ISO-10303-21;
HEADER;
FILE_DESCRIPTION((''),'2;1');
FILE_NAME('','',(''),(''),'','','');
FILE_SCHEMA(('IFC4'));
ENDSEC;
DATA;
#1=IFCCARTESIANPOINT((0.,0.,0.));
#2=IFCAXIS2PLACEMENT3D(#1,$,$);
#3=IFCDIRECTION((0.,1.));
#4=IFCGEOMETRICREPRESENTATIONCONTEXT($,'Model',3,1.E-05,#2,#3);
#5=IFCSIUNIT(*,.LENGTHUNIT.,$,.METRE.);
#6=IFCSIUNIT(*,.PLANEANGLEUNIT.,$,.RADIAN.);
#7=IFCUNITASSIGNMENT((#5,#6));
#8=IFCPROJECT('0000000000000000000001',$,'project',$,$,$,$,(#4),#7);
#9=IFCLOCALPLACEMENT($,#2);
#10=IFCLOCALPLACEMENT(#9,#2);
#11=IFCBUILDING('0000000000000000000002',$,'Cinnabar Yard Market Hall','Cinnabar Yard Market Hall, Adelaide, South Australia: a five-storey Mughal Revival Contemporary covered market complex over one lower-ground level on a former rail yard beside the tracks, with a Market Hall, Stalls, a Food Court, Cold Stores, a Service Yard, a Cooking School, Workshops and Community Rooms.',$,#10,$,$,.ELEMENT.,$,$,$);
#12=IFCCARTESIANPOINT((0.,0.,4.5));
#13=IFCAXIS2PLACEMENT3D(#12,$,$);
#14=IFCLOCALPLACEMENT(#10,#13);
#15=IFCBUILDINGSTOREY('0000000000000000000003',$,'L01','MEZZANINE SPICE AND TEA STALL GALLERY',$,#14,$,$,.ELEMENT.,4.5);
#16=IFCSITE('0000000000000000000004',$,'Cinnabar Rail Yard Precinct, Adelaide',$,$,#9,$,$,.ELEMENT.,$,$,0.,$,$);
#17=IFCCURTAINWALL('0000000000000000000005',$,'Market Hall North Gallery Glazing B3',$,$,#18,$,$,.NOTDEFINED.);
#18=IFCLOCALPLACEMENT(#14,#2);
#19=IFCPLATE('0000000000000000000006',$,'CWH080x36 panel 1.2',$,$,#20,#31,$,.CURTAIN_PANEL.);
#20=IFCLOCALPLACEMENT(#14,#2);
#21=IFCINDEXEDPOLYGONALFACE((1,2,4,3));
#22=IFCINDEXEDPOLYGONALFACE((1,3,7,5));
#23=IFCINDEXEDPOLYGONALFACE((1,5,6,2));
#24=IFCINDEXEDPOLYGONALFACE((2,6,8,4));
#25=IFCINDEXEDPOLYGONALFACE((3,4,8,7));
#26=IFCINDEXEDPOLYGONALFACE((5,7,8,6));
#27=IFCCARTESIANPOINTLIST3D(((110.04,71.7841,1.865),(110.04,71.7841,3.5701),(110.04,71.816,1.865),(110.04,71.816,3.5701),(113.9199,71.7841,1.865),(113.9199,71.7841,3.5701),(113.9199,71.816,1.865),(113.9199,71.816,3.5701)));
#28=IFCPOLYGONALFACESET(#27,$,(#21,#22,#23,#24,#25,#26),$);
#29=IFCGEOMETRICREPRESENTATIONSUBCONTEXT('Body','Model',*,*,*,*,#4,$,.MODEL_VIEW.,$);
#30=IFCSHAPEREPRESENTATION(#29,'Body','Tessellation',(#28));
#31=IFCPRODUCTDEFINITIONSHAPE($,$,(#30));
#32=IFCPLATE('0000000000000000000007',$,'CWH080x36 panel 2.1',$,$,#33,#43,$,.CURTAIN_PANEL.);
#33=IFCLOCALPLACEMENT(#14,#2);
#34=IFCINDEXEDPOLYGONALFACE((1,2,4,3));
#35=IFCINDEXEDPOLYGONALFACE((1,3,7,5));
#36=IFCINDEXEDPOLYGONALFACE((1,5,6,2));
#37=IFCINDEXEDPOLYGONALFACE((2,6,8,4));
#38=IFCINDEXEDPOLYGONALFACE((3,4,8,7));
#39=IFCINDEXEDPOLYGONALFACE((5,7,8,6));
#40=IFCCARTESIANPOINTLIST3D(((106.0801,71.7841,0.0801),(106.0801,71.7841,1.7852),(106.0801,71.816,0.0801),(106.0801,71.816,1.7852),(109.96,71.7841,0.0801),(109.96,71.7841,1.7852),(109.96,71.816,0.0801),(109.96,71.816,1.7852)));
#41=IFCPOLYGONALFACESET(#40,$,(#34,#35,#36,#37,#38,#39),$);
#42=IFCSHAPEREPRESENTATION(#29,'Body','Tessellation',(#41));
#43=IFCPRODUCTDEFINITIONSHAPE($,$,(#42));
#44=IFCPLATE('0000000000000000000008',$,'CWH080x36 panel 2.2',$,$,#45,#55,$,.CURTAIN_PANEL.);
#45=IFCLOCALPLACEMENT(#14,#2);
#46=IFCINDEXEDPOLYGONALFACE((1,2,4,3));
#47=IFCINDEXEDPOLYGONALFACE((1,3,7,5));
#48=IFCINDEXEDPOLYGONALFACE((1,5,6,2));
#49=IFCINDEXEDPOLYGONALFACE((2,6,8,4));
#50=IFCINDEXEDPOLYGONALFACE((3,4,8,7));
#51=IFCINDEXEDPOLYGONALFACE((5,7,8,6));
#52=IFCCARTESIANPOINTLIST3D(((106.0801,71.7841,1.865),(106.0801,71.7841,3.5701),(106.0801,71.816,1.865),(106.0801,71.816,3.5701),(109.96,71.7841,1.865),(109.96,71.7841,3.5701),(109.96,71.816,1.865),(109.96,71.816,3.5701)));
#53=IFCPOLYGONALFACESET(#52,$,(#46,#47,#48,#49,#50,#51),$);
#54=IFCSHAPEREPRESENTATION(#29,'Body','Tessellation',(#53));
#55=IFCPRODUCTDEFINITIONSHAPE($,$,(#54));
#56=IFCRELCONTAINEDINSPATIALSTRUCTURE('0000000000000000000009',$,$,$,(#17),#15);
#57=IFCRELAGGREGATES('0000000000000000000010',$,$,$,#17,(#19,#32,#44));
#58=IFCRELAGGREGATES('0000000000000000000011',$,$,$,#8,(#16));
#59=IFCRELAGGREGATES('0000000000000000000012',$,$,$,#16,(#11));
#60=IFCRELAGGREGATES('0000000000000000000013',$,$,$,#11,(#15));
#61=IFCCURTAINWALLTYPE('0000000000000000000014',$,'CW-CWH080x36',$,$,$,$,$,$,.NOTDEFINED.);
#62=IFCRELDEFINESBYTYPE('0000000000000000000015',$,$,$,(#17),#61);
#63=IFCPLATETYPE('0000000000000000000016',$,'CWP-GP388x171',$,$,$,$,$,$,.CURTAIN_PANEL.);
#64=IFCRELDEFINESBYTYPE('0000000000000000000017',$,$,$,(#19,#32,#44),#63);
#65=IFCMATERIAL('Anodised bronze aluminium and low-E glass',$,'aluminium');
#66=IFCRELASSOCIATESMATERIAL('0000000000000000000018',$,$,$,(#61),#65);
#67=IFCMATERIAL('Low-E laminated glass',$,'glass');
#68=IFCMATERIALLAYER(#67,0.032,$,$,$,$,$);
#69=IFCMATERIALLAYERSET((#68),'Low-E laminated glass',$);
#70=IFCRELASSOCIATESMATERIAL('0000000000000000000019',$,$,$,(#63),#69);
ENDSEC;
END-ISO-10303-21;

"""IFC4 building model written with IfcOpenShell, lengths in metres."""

from ifc_helpers import new_model, si_unit, direction, frame, origin, origin_2d_with_axis, place, context, subcontext, project, spatial, rectangle, extrude, material, layer, layer_set, type_object, element, aggregate, save


model = new_model("IFC4")

# Units and contexts
model_context = context("Model", 3, precision=1e-05, world=origin(), true_north=direction((0.0, 1.0)))
body_context = subcontext(model_context, "Body", "Model", "MODEL_VIEW")
ifc_project = project(units=[si_unit("LENGTHUNIT", "METRE"), si_unit("PLANEANGLEUNIT", "RADIAN")], contexts=[model_context])

# Site, building, storey
site_placement = place(None, origin())
site = spatial("IfcSite", under=ifc_project, at=site_placement, Name="Cinnabar Rail Yard Precinct, Adelaide", CompositionType="ELEMENT", RefElevation=0.0)
building_placement = place(site_placement, origin())
building = spatial("IfcBuilding", under=site, at=building_placement, Name="Cinnabar Yard Market Hall", Description="Cinnabar Yard Market Hall, Adelaide, South Australia: a five-storey Mughal Revival Contemporary covered market complex over one lower-ground level on a former rail yard beside the tracks, with a Market Hall, Stalls, a Food Court, Cold Stores, a Service Yard, a Cooking School, Workshops and Community Rooms.", CompositionType="ELEMENT")
storey_placement = place(building_placement, frame((0.0, 0.0, 4.5)))
storey = spatial("IfcBuildingStorey", under=building, at=storey_placement, Name="L01", Description="MEZZANINE SPICE AND TEA STALL GALLERY", CompositionType="ELEMENT", Elevation=4.5)

# Curtain wall
ifc_material_1 = material(Name="Anodised bronze aluminium and low-E glass", Category="aluminium")
curtain_wall_type_1 = type_object("IfcCurtainWallType", Name="CW-CWH080x36", PredefinedType="NOTDEFINED", material=ifc_material_1)
curtain_wall_1_placement = place(storey_placement, origin())
curtain_wall_1 = element("IfcCurtainWall", 1, at=curtain_wall_1_placement, inside=storey, type_object=curtain_wall_type_1, Name="Market Hall North Gallery Glazing B3", PredefinedType="NOTDEFINED")

# Plates
ifc_material_2 = material(Name="Low-E laminated glass", Category="glass")
ifc_layer_1 = layer(ifc_material_2, 0.032)
ifc_layer_set_1 = layer_set([ifc_layer_1], Name="Low-E laminated glass")
plate_type_1 = type_object("IfcPlateType", Name="CWP-GP388x171", PredefinedType="CURTAIN_PANEL", material=ifc_layer_set_1)
plate_1_placement = place(storey_placement, frame((111.98, 71.8, 1.865), z_axis=(0.0, 0.0, 1.0), x_axis=(-1.0, 0.0, 0.0)))
plate_1 = element("IfcPlate", 2, at=plate_1_placement, type_object=plate_type_1, Name="CWH080x36 panel 1.2", PredefinedType="CURTAIN_PANEL", context=body_context, shape_type="SweptSolid", body=[
    extrude(rectangle(XDim=3.8799, YDim=0.032, at=origin_2d_with_axis()), origin(), (0.0, 0.0, 1.0), 1.7051),
])
plate_2_placement = place(storey_placement, frame((108.02, 71.8, 0.0801), z_axis=(0.0, 0.0, 1.0), x_axis=(-1.0, 0.0, 0.0)))
plate_2 = element("IfcPlate", 3, at=plate_2_placement, type_object=plate_type_1, Name="CWH080x36 panel 2.1", PredefinedType="CURTAIN_PANEL", context=body_context, shape_type="SweptSolid", body=[
    extrude(rectangle(XDim=3.8799, YDim=0.032, at=origin_2d_with_axis()), origin(), (0.0, 0.0, 1.0), 1.7051),
])
plate_3_placement = place(storey_placement, frame((108.02, 71.8, 1.865), z_axis=(0.0, 0.0, 1.0), x_axis=(-1.0, 0.0, 0.0)))
plate_3 = element("IfcPlate", 4, at=plate_3_placement, type_object=plate_type_1, Name="CWH080x36 panel 2.2", PredefinedType="CURTAIN_PANEL", context=body_context, shape_type="SweptSolid", body=[
    extrude(rectangle(XDim=3.8799, YDim=0.032, at=origin_2d_with_axis()), origin(), (0.0, 0.0, 1.0), 1.7051),
])
aggregate(curtain_wall_1, [plate_1, plate_2, plate_3])

save(model, "model.ifc")
